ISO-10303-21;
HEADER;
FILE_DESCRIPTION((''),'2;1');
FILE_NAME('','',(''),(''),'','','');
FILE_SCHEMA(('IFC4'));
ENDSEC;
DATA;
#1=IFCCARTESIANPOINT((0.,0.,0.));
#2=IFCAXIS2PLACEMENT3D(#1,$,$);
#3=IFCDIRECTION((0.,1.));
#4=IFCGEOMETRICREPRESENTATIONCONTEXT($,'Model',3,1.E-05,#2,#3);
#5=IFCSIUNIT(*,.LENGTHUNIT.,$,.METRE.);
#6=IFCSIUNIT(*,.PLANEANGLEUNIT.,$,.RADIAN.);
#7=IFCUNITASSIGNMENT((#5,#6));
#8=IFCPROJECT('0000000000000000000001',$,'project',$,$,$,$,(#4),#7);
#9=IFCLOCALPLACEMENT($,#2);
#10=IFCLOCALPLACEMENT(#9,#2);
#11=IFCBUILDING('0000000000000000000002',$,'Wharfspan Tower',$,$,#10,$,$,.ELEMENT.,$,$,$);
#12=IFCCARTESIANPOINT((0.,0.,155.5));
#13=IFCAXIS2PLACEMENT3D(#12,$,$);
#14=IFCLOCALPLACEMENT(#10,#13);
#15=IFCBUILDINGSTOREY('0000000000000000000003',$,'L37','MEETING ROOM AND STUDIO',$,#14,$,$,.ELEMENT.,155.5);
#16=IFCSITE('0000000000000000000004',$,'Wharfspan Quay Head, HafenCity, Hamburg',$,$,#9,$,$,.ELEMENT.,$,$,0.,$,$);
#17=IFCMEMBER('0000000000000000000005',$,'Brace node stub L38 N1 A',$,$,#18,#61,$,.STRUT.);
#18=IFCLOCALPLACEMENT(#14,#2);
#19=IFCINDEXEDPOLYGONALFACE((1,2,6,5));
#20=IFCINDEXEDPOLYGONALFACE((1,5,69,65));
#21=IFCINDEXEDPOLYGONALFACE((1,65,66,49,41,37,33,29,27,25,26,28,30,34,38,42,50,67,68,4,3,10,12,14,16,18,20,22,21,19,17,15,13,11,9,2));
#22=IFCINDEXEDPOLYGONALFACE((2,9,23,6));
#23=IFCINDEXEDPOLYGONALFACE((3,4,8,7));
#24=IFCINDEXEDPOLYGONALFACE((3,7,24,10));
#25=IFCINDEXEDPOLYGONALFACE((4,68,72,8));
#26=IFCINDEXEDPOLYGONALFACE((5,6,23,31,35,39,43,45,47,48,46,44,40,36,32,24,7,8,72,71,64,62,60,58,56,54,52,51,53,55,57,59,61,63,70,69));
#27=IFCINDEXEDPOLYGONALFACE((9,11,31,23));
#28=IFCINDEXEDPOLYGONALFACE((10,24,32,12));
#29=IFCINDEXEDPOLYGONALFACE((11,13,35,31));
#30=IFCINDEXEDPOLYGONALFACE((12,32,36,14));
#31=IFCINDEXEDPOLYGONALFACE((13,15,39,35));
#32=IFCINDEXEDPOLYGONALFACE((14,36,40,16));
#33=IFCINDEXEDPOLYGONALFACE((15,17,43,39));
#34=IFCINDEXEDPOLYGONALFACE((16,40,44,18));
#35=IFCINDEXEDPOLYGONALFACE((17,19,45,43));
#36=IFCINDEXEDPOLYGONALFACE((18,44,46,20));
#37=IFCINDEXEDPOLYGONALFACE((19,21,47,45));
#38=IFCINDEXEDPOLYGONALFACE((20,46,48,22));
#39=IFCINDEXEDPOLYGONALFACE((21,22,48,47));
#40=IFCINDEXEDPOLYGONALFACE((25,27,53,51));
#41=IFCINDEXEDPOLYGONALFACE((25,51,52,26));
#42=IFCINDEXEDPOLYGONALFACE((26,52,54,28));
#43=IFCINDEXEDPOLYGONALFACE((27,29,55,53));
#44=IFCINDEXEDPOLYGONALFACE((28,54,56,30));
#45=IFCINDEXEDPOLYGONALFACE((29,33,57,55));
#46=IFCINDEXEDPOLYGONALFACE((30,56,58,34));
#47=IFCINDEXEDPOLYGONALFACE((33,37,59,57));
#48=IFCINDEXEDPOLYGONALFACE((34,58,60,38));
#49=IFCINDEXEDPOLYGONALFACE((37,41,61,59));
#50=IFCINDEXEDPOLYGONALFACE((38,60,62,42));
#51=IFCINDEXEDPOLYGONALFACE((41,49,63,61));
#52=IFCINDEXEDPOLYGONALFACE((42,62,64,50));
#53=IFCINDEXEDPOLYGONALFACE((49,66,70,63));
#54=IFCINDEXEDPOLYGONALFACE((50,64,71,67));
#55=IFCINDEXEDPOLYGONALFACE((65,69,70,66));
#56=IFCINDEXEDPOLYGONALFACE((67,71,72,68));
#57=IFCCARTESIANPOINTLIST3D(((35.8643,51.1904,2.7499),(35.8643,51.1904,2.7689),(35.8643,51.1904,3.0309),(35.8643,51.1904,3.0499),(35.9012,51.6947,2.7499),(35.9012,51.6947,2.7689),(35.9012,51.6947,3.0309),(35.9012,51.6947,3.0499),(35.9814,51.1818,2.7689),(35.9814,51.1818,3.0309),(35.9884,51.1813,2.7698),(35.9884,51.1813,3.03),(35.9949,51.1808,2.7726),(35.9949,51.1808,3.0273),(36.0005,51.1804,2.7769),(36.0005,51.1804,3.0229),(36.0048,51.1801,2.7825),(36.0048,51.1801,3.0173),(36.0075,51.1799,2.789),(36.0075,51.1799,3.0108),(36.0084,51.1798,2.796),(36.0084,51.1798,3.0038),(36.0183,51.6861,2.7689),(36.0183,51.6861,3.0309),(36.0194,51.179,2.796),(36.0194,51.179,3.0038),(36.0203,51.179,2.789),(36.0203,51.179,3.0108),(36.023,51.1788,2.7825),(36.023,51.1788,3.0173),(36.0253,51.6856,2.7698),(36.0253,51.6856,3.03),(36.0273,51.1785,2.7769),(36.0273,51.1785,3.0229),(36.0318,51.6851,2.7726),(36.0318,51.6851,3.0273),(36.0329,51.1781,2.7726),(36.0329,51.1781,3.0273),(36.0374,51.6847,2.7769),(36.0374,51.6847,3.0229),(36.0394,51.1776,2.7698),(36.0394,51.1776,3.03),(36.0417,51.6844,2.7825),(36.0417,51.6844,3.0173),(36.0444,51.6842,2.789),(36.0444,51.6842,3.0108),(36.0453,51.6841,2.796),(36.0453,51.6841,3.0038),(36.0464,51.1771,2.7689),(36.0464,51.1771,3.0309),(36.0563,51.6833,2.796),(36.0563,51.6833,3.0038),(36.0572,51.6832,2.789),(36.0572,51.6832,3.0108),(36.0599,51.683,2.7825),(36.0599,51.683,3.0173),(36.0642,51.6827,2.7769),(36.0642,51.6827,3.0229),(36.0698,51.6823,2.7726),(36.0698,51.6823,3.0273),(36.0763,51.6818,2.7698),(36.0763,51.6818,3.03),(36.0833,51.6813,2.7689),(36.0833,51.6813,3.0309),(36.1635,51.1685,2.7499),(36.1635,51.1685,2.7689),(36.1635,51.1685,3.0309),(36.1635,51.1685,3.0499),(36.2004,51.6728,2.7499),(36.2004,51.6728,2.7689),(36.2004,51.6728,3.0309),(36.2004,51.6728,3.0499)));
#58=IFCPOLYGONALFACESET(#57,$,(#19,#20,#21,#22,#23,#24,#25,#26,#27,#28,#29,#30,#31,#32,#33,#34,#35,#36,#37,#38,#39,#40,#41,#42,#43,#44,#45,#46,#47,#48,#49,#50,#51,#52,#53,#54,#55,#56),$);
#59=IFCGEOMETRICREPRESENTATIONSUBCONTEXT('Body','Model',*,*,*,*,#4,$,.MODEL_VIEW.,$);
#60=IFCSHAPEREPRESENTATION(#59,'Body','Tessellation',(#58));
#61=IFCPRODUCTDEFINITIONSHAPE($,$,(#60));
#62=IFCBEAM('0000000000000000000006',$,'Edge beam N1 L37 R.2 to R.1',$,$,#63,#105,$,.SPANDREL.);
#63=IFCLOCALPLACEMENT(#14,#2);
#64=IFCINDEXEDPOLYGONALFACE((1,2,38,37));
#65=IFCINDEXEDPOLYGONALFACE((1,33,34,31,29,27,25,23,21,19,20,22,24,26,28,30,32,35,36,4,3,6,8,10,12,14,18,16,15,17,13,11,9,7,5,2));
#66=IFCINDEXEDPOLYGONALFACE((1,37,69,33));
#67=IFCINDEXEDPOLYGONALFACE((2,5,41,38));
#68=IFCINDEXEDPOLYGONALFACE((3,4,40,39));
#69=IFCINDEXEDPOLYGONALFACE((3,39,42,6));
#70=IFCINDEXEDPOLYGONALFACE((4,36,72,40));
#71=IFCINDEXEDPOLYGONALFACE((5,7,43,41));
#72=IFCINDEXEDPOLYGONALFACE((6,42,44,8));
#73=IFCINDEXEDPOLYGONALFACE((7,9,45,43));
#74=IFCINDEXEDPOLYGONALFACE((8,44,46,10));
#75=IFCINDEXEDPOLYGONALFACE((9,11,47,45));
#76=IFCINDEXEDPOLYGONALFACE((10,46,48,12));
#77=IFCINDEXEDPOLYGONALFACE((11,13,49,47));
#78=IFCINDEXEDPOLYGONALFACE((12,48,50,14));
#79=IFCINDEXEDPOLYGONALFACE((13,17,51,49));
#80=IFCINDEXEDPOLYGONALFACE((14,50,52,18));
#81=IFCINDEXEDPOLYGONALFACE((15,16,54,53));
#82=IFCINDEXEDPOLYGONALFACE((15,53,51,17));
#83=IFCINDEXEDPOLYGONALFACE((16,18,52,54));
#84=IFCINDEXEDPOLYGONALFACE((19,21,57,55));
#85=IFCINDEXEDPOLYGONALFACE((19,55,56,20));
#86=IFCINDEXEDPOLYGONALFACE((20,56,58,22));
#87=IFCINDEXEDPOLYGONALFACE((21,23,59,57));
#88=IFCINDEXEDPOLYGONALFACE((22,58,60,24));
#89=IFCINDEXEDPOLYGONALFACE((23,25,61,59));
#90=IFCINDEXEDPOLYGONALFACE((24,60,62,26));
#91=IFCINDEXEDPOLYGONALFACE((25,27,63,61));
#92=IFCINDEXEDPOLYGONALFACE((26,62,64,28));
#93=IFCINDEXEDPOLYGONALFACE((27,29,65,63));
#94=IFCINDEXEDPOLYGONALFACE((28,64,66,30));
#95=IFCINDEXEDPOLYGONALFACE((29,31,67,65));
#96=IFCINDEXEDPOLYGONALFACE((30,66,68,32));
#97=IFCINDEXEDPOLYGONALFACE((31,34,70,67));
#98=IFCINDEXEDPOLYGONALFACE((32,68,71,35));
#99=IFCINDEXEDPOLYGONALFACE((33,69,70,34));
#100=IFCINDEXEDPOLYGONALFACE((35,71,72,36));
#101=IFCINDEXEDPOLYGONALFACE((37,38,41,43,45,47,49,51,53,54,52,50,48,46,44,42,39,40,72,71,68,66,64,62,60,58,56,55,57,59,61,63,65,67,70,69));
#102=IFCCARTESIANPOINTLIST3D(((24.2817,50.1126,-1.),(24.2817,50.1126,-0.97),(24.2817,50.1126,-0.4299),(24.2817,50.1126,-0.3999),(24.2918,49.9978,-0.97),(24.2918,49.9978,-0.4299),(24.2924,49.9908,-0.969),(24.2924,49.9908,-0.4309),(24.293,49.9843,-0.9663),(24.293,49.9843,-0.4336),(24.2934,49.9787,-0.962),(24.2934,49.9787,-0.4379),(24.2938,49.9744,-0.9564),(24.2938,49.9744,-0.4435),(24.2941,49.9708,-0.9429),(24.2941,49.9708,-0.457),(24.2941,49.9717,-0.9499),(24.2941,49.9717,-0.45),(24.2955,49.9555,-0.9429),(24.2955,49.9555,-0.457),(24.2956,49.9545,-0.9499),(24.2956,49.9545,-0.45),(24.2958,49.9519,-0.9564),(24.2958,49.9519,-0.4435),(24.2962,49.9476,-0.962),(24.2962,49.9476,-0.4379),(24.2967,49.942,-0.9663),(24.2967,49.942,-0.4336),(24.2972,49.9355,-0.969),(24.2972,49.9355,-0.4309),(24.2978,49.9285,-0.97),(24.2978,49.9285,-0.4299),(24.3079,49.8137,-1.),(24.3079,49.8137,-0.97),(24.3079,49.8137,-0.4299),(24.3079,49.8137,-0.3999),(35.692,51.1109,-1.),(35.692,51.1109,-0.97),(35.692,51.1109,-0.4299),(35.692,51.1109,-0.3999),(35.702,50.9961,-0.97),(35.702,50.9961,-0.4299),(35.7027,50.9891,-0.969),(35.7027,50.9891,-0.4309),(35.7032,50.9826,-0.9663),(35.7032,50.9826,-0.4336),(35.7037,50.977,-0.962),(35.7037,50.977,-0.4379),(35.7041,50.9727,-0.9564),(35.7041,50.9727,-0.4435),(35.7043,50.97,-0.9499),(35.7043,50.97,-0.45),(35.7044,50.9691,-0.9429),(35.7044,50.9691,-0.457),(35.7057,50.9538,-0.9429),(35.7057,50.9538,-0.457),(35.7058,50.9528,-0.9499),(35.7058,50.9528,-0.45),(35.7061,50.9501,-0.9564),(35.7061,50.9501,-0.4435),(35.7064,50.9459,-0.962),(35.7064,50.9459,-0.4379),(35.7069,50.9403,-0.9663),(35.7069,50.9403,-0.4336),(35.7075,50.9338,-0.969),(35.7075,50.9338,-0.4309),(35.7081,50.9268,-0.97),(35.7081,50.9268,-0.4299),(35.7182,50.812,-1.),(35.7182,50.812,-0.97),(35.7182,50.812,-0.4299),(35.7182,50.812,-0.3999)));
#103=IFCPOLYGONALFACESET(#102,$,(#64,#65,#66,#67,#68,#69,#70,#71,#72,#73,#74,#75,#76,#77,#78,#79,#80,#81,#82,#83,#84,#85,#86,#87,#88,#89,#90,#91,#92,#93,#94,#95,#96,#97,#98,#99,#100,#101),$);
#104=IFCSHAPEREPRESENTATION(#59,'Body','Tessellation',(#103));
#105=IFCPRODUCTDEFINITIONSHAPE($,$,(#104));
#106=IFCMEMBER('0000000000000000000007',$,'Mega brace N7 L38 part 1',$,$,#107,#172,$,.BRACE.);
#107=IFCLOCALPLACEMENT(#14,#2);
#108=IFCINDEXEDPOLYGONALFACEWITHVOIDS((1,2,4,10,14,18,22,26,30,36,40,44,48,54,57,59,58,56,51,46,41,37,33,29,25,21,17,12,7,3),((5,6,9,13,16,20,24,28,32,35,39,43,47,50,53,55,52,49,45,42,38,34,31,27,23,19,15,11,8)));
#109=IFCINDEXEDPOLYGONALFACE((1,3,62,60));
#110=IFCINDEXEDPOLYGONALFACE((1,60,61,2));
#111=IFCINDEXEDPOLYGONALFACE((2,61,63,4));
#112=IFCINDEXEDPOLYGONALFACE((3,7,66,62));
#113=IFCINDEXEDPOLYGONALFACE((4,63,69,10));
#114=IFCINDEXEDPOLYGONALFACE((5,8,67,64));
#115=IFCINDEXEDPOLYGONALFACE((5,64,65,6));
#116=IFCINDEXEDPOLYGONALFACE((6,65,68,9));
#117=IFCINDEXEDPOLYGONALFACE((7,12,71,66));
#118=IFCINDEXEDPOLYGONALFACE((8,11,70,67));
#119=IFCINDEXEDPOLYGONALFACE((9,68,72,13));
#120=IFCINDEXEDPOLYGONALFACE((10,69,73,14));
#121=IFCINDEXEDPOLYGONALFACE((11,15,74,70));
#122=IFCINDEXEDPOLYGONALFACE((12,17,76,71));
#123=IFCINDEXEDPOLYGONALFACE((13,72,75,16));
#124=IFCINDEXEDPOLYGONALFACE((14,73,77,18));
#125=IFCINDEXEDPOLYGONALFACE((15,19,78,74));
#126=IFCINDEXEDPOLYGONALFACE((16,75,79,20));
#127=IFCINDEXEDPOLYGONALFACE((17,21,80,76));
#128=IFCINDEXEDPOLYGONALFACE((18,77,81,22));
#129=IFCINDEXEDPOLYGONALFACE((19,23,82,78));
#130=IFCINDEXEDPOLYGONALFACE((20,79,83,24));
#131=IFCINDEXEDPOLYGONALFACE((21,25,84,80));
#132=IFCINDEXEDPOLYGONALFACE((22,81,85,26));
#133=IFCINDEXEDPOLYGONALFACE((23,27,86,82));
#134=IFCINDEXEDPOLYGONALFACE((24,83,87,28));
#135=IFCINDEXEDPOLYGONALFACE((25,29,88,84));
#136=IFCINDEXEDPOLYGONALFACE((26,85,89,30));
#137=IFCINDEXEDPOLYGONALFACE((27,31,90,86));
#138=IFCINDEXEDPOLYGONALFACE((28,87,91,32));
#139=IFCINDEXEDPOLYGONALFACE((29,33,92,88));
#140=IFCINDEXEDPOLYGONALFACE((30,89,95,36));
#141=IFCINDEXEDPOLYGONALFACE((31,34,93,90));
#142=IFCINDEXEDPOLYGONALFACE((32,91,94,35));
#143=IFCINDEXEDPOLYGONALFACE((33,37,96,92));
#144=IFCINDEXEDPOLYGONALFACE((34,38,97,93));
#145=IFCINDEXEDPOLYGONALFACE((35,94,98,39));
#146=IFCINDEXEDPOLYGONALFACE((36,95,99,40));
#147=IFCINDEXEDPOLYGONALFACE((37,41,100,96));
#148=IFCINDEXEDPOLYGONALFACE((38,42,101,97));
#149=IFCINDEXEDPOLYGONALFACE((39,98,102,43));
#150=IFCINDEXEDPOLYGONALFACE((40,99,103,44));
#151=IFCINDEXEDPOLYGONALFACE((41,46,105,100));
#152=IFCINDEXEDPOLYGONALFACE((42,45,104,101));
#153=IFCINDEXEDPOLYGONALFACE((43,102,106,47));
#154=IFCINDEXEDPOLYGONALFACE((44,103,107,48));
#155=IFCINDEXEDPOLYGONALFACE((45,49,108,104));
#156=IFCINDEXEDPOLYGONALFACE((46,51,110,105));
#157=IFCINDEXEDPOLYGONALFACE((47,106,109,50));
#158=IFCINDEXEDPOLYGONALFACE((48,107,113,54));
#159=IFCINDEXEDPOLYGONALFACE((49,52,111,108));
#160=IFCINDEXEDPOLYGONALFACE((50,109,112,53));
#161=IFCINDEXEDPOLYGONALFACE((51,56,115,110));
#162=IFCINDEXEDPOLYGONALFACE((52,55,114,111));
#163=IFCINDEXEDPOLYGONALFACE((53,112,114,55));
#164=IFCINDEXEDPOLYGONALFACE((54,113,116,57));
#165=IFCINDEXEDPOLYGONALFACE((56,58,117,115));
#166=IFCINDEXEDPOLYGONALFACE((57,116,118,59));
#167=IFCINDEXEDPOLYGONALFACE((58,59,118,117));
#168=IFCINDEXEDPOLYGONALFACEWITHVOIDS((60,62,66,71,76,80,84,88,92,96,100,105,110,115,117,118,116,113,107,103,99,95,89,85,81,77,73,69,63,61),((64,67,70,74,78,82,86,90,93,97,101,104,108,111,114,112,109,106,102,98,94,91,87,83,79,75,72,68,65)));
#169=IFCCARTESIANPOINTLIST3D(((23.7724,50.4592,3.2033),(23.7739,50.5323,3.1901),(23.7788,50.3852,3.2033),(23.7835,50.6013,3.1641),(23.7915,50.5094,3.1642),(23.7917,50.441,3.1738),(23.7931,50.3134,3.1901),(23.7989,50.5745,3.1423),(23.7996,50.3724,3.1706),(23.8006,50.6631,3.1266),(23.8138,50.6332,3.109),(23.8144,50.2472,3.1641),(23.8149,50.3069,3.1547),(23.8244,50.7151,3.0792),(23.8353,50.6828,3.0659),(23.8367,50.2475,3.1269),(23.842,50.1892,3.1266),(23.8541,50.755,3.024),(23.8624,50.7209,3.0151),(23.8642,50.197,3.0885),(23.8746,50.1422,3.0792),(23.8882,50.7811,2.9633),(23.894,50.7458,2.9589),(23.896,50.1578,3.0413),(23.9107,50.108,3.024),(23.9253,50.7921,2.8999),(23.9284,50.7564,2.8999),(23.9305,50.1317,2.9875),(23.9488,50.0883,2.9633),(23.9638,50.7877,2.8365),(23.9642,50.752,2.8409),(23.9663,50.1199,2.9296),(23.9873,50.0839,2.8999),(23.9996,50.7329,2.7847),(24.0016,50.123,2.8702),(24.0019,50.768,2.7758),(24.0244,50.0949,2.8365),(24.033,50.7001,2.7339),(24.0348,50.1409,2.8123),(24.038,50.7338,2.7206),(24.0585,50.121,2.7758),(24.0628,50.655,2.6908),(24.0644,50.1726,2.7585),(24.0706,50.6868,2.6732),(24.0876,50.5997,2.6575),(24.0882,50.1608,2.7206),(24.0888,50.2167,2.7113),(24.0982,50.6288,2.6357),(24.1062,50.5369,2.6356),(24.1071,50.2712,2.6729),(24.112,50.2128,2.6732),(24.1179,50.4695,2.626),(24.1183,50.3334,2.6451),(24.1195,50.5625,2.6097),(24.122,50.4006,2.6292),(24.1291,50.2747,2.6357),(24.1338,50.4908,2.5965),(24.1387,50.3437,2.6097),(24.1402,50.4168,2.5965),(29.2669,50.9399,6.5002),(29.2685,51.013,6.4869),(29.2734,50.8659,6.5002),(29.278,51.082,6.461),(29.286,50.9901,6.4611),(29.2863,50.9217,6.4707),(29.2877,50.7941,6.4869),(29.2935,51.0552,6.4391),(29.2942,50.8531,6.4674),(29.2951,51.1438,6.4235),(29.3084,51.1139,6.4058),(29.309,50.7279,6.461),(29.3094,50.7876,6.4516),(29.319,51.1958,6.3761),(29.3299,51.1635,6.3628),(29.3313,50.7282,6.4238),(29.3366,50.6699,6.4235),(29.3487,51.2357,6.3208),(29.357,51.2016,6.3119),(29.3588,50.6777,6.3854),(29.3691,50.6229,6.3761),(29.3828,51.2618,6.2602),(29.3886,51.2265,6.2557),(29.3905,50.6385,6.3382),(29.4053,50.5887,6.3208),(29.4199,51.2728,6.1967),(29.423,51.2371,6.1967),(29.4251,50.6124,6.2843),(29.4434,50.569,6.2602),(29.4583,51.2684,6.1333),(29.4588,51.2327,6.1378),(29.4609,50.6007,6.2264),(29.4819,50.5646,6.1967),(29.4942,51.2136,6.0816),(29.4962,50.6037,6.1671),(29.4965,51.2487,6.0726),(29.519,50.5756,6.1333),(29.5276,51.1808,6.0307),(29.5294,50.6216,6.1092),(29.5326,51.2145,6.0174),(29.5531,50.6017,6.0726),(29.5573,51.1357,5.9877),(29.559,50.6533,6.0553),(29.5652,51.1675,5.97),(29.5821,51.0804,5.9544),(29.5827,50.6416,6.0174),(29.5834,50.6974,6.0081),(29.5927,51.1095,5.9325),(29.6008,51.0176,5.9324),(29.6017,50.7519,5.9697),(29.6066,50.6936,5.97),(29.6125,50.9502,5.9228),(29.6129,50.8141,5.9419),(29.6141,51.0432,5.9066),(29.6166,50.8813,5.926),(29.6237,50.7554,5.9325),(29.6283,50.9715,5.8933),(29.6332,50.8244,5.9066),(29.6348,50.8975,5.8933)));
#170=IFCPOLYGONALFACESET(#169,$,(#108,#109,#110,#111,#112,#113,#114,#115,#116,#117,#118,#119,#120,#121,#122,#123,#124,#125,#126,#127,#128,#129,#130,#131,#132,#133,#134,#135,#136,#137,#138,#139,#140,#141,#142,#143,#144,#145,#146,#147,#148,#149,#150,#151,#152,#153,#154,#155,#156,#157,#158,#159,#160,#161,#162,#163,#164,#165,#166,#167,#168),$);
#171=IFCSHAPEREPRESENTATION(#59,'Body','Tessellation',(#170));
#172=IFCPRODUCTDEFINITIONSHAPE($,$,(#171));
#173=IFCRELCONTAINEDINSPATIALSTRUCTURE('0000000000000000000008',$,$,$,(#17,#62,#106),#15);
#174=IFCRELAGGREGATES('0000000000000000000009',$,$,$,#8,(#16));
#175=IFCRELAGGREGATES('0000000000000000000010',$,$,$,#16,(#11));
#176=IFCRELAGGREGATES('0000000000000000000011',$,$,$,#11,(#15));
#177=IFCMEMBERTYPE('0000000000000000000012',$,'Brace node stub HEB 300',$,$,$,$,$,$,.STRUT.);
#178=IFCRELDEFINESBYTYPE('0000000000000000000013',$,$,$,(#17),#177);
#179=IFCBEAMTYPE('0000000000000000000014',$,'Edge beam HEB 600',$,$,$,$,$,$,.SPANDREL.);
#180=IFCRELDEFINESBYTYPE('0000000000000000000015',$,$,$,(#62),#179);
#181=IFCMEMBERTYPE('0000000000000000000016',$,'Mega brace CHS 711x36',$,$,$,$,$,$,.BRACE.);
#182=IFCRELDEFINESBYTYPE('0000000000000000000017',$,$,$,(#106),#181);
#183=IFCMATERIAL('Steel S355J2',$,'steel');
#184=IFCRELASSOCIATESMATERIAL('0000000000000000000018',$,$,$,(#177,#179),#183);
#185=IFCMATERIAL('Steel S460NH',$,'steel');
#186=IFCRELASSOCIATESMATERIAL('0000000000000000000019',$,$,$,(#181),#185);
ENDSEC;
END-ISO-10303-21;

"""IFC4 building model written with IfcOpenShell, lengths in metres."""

from ifc_helpers import new_model, si_unit, direction, frame, origin, origin_2d, place, context, subcontext, project, spatial, hollow_circle, i_section, extrude, material, material_profile, profile_set, type_object, element, save


model = new_model("IFC4")

# Units and contexts
model_context = context("Model", 3, precision=1e-05, world=origin(), true_north=direction((0.0, 1.0)))
body_context = subcontext(model_context, "Body", "Model", "MODEL_VIEW")
ifc_project = project(units=[si_unit("LENGTHUNIT", "METRE"), si_unit("PLANEANGLEUNIT", "RADIAN")], contexts=[model_context])

# Site, building, storey
site_placement = place(None, origin())
site = spatial("IfcSite", under=ifc_project, at=site_placement, Name="Wharfspan Quay Head, HafenCity, Hamburg", CompositionType="ELEMENT", RefElevation=0.0)
building_placement = place(site_placement, origin())
building = spatial("IfcBuilding", under=site, at=building_placement, Name="Wharfspan Tower", CompositionType="ELEMENT")
storey_placement = place(building_placement, frame((0.0, 0.0, 155.5)))
storey = spatial("IfcBuildingStorey", under=building, at=storey_placement, Name="L37", Description="MEETING ROOM AND STUDIO", CompositionType="ELEMENT", Elevation=155.5)

# Shared definitions
ifc_material_1 = material(Name="Steel S355J2", Category="steel")

# Member
ifc_material_profile_1 = material_profile(ifc_material_1, i_section(OverallWidth=0.3, OverallDepth=0.3, WebThickness=0.011, FlangeThickness=0.019, FilletRadius=0.0271, at=origin_2d()))
ifc_profile_set_1 = profile_set([ifc_material_profile_1], Name="Steel S355J2")
member_type_1 = type_object("IfcMemberType", Name="Brace node stub HEB 300", PredefinedType="STRUT", material=ifc_profile_set_1)
for number, where, z_axis, x_axis, name in (
    (1, (36.0139, 51.1794, 2.8999), (0.072929, 0.997337, 0.0), (-0.997337, 0.072929, 0.0), "Brace node stub L38 N1 A"),
):
    element("IfcMember", number, at=place(storey_placement, frame(where, z_axis=z_axis, x_axis=x_axis)), inside=storey, type_object=member_type_1, Name=name, PredefinedType="STRUT", context=body_context, shape_type="SweptSolid", body=[
        extrude(i_section(OverallWidth=0.3, OverallDepth=0.3, WebThickness=0.011, FlangeThickness=0.019, FilletRadius=0.0271, at=origin_2d()), origin(), (0.0, 0.0, 1.0), 0.5056),
    ])

# Beam
ifc_material_profile_2 = material_profile(ifc_material_1, i_section(OverallWidth=0.3, OverallDepth=0.6001, WebThickness=0.0154, FlangeThickness=0.03, FilletRadius=0.0271, at=origin_2d()))
ifc_profile_set_2 = profile_set([ifc_material_profile_2], Name="Steel S355J2")
beam_type = type_object("IfcBeamType", Name="Edge beam HEB 600", PredefinedType="SPANDREL", material=ifc_profile_set_2)
beam_placement = place(storey_placement, frame((35.7051, 50.9614, -0.7), z_axis=(-0.996194, -0.087158, 0.0), x_axis=(0.087158, -0.996194, 0.0)))
element("IfcBeam", 2, at=beam_placement, inside=storey, type_object=beam_type, Name="Edge beam N1 L37 R.2 to R.1", PredefinedType="SPANDREL", context=body_context, shape_type="SweptSolid", body=[
    extrude(i_section(OverallWidth=0.3, OverallDepth=0.6001, WebThickness=0.0154, FlangeThickness=0.03, FilletRadius=0.0271, at=origin_2d()), origin(), (0.0, 0.0, 1.0), 11.4539),
])

# Member
ifc_material_2 = material(Name="Steel S460NH", Category="steel")
ifc_material_profile_3 = material_profile(ifc_material_2, hollow_circle(Radius=0.3555, WallThickness=0.0359, at=origin_2d()))
ifc_profile_set_3 = profile_set([ifc_material_profile_3], Name="Steel S460NH")
member_type_2 = type_object("IfcMemberType", Name="Mega brace CHS 711x36", PredefinedType="BRACE", material=ifc_profile_set_3)
member_1_placement = place(storey_placement, frame((23.9563, 50.438, 2.8999), z_axis=(0.855083, 0.074809, 0.513065), x_axis=(-0.087154, 0.996196, -0.000001)))
element("IfcMember", 3, at=member_1_placement, inside=storey, type_object=member_type_2, Name="Mega brace N7 L38 part 1", PredefinedType="BRACE", context=body_context, shape_type="SweptSolid", body=[
    extrude(hollow_circle(Radius=0.3555, WallThickness=0.0359, at=origin_2d()), origin(), (0.0, 0.0, 1.0), 6.4258),
])

save(model, "model.ifc")
